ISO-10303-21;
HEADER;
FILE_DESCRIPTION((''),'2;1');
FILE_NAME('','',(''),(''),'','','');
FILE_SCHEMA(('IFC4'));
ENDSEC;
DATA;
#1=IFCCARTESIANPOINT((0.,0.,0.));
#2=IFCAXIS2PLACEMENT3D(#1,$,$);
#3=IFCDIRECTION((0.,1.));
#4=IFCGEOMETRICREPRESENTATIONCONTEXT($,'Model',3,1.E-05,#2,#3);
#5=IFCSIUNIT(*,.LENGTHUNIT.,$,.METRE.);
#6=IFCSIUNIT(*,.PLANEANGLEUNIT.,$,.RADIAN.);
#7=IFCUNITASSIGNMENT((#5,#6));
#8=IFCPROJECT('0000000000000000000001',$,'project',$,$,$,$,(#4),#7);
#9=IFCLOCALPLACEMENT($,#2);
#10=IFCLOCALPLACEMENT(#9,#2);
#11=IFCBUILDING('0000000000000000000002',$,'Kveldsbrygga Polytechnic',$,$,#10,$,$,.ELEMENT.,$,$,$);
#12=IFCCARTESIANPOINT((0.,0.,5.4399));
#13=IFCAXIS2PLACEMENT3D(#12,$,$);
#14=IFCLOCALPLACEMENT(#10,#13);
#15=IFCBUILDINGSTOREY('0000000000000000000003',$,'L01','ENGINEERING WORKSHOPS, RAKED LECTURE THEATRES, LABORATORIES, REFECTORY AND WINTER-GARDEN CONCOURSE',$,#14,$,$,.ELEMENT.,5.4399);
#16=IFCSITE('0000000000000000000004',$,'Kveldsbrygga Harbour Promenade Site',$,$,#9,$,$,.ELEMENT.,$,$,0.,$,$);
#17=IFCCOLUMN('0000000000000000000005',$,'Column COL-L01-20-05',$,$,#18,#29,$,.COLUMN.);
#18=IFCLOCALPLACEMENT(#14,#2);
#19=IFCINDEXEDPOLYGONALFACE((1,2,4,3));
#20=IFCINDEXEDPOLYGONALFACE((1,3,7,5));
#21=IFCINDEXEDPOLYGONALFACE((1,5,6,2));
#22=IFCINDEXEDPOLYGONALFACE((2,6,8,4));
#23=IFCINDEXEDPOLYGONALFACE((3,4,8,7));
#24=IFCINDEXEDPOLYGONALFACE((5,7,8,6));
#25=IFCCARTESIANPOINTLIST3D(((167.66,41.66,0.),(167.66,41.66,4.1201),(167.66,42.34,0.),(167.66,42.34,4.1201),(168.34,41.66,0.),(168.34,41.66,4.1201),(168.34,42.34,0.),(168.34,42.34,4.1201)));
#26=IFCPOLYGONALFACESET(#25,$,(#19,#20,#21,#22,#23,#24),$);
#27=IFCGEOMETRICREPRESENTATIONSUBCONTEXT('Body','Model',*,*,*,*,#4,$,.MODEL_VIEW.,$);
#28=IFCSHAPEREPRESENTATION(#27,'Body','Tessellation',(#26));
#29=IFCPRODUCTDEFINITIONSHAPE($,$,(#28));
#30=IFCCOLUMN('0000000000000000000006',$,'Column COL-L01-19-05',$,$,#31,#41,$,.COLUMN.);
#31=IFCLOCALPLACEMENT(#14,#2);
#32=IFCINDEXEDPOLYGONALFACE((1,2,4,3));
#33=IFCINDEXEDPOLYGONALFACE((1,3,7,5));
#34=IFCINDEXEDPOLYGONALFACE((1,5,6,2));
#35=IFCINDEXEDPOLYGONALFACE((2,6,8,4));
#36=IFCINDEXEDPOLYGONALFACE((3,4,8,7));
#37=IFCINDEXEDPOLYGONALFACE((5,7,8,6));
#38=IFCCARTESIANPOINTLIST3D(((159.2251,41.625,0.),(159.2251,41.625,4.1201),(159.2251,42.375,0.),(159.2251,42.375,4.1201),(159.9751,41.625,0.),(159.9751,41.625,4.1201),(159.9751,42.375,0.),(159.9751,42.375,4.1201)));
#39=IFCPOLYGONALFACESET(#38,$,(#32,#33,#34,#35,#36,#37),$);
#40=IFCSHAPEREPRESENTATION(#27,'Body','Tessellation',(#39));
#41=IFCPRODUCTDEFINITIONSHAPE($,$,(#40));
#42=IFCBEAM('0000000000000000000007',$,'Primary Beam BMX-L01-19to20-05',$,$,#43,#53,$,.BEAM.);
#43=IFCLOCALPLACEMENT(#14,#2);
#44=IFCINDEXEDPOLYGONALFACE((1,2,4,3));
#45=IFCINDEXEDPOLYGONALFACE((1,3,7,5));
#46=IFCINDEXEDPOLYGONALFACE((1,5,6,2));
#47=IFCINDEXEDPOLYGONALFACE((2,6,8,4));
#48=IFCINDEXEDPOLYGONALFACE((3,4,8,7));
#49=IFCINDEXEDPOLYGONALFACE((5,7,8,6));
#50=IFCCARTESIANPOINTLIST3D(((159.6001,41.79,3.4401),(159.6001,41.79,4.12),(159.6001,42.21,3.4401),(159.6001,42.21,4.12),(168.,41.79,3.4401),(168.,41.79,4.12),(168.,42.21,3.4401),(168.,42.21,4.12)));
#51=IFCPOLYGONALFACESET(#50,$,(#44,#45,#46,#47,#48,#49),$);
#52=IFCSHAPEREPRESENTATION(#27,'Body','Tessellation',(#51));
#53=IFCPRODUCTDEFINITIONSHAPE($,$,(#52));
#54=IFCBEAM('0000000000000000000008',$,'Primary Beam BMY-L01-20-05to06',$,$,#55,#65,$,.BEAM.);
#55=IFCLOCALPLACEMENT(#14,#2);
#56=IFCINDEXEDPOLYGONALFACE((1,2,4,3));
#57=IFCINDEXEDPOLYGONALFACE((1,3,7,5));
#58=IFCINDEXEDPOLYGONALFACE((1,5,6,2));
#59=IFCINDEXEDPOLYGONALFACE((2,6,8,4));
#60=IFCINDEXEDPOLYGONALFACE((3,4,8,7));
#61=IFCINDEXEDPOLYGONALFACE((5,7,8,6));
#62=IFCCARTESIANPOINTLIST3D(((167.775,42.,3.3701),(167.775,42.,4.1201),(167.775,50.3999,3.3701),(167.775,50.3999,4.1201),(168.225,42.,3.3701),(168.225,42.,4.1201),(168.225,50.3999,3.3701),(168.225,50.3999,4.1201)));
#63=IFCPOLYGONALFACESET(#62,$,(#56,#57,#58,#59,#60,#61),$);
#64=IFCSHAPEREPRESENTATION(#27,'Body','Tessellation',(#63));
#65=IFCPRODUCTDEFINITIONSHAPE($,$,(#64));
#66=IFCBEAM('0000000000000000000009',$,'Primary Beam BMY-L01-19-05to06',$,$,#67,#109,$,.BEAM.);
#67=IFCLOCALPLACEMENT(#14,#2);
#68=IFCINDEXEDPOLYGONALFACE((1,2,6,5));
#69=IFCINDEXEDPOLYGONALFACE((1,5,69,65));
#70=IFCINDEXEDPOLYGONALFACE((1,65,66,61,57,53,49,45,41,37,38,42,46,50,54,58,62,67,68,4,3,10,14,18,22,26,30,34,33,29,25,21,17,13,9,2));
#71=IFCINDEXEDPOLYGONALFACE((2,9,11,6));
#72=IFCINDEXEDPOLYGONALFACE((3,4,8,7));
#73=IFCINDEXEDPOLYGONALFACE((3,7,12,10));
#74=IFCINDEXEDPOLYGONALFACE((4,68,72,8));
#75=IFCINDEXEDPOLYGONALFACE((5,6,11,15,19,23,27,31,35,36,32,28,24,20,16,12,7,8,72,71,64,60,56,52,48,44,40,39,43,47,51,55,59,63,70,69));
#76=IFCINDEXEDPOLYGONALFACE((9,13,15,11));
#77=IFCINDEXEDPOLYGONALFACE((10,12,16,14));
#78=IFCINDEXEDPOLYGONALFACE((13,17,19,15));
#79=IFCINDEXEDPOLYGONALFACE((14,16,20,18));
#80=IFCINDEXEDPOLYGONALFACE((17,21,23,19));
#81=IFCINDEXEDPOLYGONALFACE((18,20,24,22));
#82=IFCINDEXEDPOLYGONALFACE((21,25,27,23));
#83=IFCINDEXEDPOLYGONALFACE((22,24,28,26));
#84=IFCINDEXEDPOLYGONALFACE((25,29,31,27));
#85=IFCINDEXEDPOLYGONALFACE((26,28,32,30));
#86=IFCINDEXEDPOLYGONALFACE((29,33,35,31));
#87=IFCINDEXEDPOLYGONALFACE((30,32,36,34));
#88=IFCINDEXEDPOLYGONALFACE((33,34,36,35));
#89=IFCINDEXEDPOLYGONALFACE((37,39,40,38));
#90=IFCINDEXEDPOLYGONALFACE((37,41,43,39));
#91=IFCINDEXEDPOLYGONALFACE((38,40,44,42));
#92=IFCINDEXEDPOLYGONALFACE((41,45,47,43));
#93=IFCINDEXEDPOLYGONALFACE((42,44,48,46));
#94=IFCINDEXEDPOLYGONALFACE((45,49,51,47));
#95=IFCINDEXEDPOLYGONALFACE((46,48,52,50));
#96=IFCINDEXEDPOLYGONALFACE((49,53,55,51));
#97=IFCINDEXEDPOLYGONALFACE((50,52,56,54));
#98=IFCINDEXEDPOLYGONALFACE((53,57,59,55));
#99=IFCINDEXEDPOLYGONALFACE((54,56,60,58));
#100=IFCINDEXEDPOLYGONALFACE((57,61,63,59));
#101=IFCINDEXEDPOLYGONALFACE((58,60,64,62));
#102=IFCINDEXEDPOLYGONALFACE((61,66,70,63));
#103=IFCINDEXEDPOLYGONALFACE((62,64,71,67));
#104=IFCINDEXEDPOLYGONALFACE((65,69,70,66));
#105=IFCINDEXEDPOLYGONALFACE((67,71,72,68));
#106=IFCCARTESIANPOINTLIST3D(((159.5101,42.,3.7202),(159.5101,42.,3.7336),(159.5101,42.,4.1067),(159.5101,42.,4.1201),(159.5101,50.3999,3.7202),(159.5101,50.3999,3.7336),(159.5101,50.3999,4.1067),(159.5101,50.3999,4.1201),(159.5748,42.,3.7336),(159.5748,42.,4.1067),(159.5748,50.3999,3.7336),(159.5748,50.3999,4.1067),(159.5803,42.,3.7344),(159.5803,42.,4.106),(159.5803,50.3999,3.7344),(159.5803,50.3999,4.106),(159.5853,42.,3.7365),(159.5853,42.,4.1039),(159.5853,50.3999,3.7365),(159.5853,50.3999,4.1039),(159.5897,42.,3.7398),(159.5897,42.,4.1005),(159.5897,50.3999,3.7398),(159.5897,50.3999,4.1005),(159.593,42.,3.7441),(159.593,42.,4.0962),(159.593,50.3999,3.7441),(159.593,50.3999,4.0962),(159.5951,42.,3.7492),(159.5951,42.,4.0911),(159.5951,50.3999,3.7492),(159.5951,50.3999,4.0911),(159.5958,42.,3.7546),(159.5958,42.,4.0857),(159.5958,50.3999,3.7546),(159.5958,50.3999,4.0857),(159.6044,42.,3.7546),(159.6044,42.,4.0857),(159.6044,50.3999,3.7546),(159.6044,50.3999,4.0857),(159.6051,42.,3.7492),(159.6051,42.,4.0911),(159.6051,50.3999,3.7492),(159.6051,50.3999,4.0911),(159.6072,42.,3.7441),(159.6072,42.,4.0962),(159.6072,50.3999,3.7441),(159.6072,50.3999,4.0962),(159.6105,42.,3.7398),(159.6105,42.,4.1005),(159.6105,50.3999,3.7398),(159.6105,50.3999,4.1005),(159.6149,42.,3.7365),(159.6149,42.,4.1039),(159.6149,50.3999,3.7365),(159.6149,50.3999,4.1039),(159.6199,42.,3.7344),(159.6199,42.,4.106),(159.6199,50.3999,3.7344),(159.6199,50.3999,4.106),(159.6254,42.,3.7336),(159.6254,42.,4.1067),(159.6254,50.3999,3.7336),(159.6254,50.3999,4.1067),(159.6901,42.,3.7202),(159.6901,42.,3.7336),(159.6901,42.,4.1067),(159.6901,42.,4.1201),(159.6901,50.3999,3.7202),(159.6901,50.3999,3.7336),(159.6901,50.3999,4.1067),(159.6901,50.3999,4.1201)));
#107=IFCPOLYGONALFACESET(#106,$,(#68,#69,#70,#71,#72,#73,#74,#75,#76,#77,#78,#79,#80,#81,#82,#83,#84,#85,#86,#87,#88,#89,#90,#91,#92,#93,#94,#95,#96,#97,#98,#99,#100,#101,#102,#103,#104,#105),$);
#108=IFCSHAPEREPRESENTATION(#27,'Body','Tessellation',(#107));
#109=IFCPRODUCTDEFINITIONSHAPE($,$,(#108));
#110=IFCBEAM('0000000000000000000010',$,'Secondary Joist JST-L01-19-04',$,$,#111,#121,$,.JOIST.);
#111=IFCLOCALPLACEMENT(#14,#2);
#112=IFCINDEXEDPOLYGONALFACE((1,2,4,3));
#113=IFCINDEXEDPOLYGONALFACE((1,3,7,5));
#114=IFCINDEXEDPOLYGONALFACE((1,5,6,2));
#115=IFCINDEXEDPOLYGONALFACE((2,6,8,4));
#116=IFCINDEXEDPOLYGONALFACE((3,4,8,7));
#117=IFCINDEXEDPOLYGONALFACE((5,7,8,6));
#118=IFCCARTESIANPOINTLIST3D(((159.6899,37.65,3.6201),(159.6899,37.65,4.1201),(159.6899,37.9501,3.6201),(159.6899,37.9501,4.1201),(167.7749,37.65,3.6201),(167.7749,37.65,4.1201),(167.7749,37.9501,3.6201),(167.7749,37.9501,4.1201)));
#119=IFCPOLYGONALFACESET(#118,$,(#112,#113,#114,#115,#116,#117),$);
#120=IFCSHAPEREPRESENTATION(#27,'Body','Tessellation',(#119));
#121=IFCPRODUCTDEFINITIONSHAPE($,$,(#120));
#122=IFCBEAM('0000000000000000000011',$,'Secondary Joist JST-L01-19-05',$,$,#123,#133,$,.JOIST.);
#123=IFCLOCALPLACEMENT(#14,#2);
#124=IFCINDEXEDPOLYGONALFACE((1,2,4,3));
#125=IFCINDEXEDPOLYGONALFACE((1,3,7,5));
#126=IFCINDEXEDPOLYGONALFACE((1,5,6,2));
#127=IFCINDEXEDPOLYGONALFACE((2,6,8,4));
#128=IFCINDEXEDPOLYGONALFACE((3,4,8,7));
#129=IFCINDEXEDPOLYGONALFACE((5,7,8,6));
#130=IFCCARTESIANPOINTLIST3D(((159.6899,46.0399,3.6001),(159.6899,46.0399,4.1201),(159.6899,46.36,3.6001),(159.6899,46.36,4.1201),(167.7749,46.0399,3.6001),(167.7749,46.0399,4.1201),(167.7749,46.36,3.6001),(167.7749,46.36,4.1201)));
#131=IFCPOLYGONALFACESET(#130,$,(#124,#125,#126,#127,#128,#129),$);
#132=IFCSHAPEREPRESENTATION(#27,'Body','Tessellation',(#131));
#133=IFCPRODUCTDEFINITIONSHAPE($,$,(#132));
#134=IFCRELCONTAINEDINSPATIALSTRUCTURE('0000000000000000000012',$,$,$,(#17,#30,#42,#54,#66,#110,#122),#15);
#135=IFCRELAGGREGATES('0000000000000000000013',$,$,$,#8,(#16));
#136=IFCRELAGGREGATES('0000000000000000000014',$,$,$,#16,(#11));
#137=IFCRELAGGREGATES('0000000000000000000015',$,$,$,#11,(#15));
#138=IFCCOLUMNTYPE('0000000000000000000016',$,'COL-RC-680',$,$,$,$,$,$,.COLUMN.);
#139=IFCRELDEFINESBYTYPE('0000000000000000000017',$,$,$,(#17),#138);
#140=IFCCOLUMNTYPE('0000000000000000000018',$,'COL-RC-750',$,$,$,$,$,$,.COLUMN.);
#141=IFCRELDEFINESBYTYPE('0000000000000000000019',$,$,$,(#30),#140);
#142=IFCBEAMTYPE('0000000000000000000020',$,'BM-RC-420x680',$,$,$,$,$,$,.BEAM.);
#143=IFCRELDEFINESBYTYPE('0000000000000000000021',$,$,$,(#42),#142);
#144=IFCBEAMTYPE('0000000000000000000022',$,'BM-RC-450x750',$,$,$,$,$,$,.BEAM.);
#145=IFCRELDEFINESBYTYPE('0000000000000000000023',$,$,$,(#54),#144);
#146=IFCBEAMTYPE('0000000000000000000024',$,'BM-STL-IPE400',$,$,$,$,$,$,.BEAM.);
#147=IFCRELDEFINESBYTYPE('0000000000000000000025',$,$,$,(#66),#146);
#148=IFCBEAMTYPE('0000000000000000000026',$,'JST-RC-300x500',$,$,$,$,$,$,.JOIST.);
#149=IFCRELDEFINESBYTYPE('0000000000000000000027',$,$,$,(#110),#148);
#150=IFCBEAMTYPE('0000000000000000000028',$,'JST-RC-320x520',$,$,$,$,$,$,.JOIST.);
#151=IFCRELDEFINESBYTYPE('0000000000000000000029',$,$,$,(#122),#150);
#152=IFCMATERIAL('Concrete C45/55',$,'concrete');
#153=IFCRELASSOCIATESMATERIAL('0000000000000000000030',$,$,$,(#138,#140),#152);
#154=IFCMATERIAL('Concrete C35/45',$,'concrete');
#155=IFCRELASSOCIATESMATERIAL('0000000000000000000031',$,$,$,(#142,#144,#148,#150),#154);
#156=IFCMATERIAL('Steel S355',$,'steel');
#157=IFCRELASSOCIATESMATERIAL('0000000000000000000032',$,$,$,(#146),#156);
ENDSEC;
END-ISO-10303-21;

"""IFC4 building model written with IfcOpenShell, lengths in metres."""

from ifc_helpers import new_model, si_unit, direction, frame, origin, origin_2d, place, context, subcontext, project, spatial, rectangle, i_section, extrude, material, material_profile, profile_set, type_object, element, save


model = new_model("IFC4")

# Units and contexts
model_context = context("Model", 3, precision=1e-05, world=origin(), true_north=direction((0.0, 1.0)))
body_context = subcontext(model_context, "Body", "Model", "MODEL_VIEW")
ifc_project = project(units=[si_unit("LENGTHUNIT", "METRE"), si_unit("PLANEANGLEUNIT", "RADIAN")], contexts=[model_context])

# Site, building, storey
site_placement = place(None, origin())
site = spatial("IfcSite", under=ifc_project, at=site_placement, Name="Kveldsbrygga Harbour Promenade Site", CompositionType="ELEMENT", RefElevation=0.0)
building_placement = place(site_placement, origin())
building = spatial("IfcBuilding", under=site, at=building_placement, Name="Kveldsbrygga Polytechnic", CompositionType="ELEMENT")
storey_placement = place(building_placement, frame((0.0, 0.0, 5.4399)))
storey = spatial("IfcBuildingStorey", under=building, at=storey_placement, Name="L01", Description="ENGINEERING WORKSHOPS, RAKED LECTURE THEATRES, LABORATORIES, REFECTORY AND WINTER-GARDEN CONCOURSE", CompositionType="ELEMENT", Elevation=5.4399)

# Columns
ifc_material_1 = material(Name="Concrete C45/55", Category="concrete")
ifc_material_profile_1 = material_profile(ifc_material_1, rectangle(XDim=0.6799, YDim=0.6799, at=origin_2d()), Name="RC 680x680")
ifc_profile_set_1 = profile_set([ifc_material_profile_1], Name="Concrete C45/55")
column_type_1 = type_object("IfcColumnType", Name="COL-RC-680", PredefinedType="COLUMN", material=ifc_profile_set_1)
column_1_placement = place(storey_placement, frame((168.0, 42.0, 0.0), z_axis=(0.0, 0.0, 1.0), x_axis=(1.0, 0.0, 0.0)))
element("IfcColumn", 1, at=column_1_placement, inside=storey, type_object=column_type_1, Name="Column COL-L01-20-05", PredefinedType="COLUMN", context=body_context, shape_type="SweptSolid", body=[
    extrude(rectangle(XDim=0.6799, YDim=0.6799, at=origin_2d()), origin(), (0.0, 0.0, 1.0), 4.1201),
])
ifc_material_profile_2 = material_profile(ifc_material_1, rectangle(XDim=0.75, YDim=0.75, at=origin_2d()), Name="RC 750x750")
ifc_profile_set_2 = profile_set([ifc_material_profile_2], Name="Concrete C45/55")
column_type_2 = type_object("IfcColumnType", Name="COL-RC-750", PredefinedType="COLUMN", material=ifc_profile_set_2)
column_2_placement = place(storey_placement, frame((159.6001, 42.0, 0.0), z_axis=(0.0, 0.0, 1.0), x_axis=(1.0, 0.0, 0.0)))
element("IfcColumn", 2, at=column_2_placement, inside=storey, type_object=column_type_2, Name="Column COL-L01-19-05", PredefinedType="COLUMN", context=body_context, shape_type="SweptSolid", body=[
    extrude(rectangle(XDim=0.75, YDim=0.75, at=origin_2d()), origin(), (0.0, 0.0, 1.0), 4.1201),
])

# Beams
ifc_material_2 = material(Name="Concrete C35/45", Category="concrete")
ifc_material_profile_3 = material_profile(ifc_material_2, rectangle(XDim=0.4199, YDim=0.6799, at=origin_2d()), Name="RC 420x680")
ifc_profile_set_3 = profile_set([ifc_material_profile_3], Name="Concrete C35/45")
beam_type_1 = type_object("IfcBeamType", Name="BM-RC-420x680", PredefinedType="BEAM", material=ifc_profile_set_3)
beam_1_placement = place(storey_placement, frame((159.6001, 42.0, 3.78), z_axis=(1.0, 0.0, 0.0), x_axis=(0.0, 1.0, 0.0)))
element("IfcBeam", 3, at=beam_1_placement, inside=storey, type_object=beam_type_1, Name="Primary Beam BMX-L01-19to20-05", PredefinedType="BEAM", context=body_context, shape_type="SweptSolid", body=[
    extrude(rectangle(XDim=0.4199, YDim=0.6799, at=origin_2d()), origin(), (0.0, 0.0, 1.0), 8.3999),
])
ifc_material_profile_4 = material_profile(ifc_material_2, rectangle(XDim=0.45, YDim=0.75, at=origin_2d()), Name="RC 450x750")
ifc_profile_set_4 = profile_set([ifc_material_profile_4], Name="Concrete C35/45")
beam_type_2 = type_object("IfcBeamType", Name="BM-RC-450x750", PredefinedType="BEAM", material=ifc_profile_set_4)
beam_2_placement = place(storey_placement, frame((168.0, 42.0, 3.7451), z_axis=(0.0, 1.0, 0.0), x_axis=(-1.0, 0.0, 0.0)))
element("IfcBeam", 4, at=beam_2_placement, inside=storey, type_object=beam_type_2, Name="Primary Beam BMY-L01-20-05to06", PredefinedType="BEAM", context=body_context, shape_type="SweptSolid", body=[
    extrude(rectangle(XDim=0.45, YDim=0.75, at=origin_2d()), origin(), (0.0, 0.0, 1.0), 8.3999),
])
ifc_material_3 = material(Name="Steel S355", Category="steel")
ifc_material_profile_5 = material_profile(ifc_material_3, i_section(OverallWidth=0.1799, OverallDepth=0.3999, WebThickness=0.0085, FlangeThickness=0.0134, FilletRadius=0.021, at=origin_2d()), Name="IPE 400")
ifc_profile_set_5 = profile_set([ifc_material_profile_5], Name="Steel S355")
beam_type_3 = type_object("IfcBeamType", Name="BM-STL-IPE400", PredefinedType="BEAM", material=ifc_profile_set_5)
beam_3_placement = place(storey_placement, frame((159.6001, 42.0, 3.9202), z_axis=(0.0, 1.0, 0.0), x_axis=(-1.0, 0.0, 0.0)))
element("IfcBeam", 5, at=beam_3_placement, inside=storey, type_object=beam_type_3, Name="Primary Beam BMY-L01-19-05to06", PredefinedType="BEAM", context=body_context, shape_type="SweptSolid", body=[
    extrude(i_section(OverallWidth=0.1799, OverallDepth=0.3999, WebThickness=0.0085, FlangeThickness=0.0134, FilletRadius=0.021, at=origin_2d()), origin(), (0.0, 0.0, 1.0), 8.3999),
])
ifc_material_profile_6 = material_profile(ifc_material_2, rectangle(XDim=0.3, YDim=0.5, at=origin_2d()), Name="RC 300x500")
ifc_profile_set_6 = profile_set([ifc_material_profile_6], Name="Concrete C35/45")
beam_type_4 = type_object("IfcBeamType", Name="JST-RC-300x500", PredefinedType="JOIST", material=ifc_profile_set_6)
beam_4_placement = place(storey_placement, frame((159.6899, 37.8, 3.8701), z_axis=(1.0, 0.0, 0.0), x_axis=(0.0, 1.0, 0.0)))
element("IfcBeam", 6, at=beam_4_placement, inside=storey, type_object=beam_type_4, Name="Secondary Joist JST-L01-19-04", PredefinedType="JOIST", context=body_context, shape_type="SweptSolid", body=[
    extrude(rectangle(XDim=0.3, YDim=0.5, at=origin_2d()), origin(), (0.0, 0.0, 1.0), 8.085),
])
ifc_material_profile_7 = material_profile(ifc_material_2, rectangle(XDim=0.3201, YDim=0.52, at=origin_2d()), Name="RC 320x520")
ifc_profile_set_7 = profile_set([ifc_material_profile_7], Name="Concrete C35/45")
beam_type_5 = type_object("IfcBeamType", Name="JST-RC-320x520", PredefinedType="JOIST", material=ifc_profile_set_7)
beam_5_placement = place(storey_placement, frame((159.6899, 46.2, 3.8601), z_axis=(1.0, 0.0, 0.0), x_axis=(0.0, 1.0, 0.0)))
element("IfcBeam", 7, at=beam_5_placement, inside=storey, type_object=beam_type_5, Name="Secondary Joist JST-L01-19-05", PredefinedType="JOIST", context=body_context, shape_type="SweptSolid", body=[
    extrude(rectangle(XDim=0.3201, YDim=0.52, at=origin_2d()), origin(), (0.0, 0.0, 1.0), 8.085),
])

save(model, "model.ifc")
